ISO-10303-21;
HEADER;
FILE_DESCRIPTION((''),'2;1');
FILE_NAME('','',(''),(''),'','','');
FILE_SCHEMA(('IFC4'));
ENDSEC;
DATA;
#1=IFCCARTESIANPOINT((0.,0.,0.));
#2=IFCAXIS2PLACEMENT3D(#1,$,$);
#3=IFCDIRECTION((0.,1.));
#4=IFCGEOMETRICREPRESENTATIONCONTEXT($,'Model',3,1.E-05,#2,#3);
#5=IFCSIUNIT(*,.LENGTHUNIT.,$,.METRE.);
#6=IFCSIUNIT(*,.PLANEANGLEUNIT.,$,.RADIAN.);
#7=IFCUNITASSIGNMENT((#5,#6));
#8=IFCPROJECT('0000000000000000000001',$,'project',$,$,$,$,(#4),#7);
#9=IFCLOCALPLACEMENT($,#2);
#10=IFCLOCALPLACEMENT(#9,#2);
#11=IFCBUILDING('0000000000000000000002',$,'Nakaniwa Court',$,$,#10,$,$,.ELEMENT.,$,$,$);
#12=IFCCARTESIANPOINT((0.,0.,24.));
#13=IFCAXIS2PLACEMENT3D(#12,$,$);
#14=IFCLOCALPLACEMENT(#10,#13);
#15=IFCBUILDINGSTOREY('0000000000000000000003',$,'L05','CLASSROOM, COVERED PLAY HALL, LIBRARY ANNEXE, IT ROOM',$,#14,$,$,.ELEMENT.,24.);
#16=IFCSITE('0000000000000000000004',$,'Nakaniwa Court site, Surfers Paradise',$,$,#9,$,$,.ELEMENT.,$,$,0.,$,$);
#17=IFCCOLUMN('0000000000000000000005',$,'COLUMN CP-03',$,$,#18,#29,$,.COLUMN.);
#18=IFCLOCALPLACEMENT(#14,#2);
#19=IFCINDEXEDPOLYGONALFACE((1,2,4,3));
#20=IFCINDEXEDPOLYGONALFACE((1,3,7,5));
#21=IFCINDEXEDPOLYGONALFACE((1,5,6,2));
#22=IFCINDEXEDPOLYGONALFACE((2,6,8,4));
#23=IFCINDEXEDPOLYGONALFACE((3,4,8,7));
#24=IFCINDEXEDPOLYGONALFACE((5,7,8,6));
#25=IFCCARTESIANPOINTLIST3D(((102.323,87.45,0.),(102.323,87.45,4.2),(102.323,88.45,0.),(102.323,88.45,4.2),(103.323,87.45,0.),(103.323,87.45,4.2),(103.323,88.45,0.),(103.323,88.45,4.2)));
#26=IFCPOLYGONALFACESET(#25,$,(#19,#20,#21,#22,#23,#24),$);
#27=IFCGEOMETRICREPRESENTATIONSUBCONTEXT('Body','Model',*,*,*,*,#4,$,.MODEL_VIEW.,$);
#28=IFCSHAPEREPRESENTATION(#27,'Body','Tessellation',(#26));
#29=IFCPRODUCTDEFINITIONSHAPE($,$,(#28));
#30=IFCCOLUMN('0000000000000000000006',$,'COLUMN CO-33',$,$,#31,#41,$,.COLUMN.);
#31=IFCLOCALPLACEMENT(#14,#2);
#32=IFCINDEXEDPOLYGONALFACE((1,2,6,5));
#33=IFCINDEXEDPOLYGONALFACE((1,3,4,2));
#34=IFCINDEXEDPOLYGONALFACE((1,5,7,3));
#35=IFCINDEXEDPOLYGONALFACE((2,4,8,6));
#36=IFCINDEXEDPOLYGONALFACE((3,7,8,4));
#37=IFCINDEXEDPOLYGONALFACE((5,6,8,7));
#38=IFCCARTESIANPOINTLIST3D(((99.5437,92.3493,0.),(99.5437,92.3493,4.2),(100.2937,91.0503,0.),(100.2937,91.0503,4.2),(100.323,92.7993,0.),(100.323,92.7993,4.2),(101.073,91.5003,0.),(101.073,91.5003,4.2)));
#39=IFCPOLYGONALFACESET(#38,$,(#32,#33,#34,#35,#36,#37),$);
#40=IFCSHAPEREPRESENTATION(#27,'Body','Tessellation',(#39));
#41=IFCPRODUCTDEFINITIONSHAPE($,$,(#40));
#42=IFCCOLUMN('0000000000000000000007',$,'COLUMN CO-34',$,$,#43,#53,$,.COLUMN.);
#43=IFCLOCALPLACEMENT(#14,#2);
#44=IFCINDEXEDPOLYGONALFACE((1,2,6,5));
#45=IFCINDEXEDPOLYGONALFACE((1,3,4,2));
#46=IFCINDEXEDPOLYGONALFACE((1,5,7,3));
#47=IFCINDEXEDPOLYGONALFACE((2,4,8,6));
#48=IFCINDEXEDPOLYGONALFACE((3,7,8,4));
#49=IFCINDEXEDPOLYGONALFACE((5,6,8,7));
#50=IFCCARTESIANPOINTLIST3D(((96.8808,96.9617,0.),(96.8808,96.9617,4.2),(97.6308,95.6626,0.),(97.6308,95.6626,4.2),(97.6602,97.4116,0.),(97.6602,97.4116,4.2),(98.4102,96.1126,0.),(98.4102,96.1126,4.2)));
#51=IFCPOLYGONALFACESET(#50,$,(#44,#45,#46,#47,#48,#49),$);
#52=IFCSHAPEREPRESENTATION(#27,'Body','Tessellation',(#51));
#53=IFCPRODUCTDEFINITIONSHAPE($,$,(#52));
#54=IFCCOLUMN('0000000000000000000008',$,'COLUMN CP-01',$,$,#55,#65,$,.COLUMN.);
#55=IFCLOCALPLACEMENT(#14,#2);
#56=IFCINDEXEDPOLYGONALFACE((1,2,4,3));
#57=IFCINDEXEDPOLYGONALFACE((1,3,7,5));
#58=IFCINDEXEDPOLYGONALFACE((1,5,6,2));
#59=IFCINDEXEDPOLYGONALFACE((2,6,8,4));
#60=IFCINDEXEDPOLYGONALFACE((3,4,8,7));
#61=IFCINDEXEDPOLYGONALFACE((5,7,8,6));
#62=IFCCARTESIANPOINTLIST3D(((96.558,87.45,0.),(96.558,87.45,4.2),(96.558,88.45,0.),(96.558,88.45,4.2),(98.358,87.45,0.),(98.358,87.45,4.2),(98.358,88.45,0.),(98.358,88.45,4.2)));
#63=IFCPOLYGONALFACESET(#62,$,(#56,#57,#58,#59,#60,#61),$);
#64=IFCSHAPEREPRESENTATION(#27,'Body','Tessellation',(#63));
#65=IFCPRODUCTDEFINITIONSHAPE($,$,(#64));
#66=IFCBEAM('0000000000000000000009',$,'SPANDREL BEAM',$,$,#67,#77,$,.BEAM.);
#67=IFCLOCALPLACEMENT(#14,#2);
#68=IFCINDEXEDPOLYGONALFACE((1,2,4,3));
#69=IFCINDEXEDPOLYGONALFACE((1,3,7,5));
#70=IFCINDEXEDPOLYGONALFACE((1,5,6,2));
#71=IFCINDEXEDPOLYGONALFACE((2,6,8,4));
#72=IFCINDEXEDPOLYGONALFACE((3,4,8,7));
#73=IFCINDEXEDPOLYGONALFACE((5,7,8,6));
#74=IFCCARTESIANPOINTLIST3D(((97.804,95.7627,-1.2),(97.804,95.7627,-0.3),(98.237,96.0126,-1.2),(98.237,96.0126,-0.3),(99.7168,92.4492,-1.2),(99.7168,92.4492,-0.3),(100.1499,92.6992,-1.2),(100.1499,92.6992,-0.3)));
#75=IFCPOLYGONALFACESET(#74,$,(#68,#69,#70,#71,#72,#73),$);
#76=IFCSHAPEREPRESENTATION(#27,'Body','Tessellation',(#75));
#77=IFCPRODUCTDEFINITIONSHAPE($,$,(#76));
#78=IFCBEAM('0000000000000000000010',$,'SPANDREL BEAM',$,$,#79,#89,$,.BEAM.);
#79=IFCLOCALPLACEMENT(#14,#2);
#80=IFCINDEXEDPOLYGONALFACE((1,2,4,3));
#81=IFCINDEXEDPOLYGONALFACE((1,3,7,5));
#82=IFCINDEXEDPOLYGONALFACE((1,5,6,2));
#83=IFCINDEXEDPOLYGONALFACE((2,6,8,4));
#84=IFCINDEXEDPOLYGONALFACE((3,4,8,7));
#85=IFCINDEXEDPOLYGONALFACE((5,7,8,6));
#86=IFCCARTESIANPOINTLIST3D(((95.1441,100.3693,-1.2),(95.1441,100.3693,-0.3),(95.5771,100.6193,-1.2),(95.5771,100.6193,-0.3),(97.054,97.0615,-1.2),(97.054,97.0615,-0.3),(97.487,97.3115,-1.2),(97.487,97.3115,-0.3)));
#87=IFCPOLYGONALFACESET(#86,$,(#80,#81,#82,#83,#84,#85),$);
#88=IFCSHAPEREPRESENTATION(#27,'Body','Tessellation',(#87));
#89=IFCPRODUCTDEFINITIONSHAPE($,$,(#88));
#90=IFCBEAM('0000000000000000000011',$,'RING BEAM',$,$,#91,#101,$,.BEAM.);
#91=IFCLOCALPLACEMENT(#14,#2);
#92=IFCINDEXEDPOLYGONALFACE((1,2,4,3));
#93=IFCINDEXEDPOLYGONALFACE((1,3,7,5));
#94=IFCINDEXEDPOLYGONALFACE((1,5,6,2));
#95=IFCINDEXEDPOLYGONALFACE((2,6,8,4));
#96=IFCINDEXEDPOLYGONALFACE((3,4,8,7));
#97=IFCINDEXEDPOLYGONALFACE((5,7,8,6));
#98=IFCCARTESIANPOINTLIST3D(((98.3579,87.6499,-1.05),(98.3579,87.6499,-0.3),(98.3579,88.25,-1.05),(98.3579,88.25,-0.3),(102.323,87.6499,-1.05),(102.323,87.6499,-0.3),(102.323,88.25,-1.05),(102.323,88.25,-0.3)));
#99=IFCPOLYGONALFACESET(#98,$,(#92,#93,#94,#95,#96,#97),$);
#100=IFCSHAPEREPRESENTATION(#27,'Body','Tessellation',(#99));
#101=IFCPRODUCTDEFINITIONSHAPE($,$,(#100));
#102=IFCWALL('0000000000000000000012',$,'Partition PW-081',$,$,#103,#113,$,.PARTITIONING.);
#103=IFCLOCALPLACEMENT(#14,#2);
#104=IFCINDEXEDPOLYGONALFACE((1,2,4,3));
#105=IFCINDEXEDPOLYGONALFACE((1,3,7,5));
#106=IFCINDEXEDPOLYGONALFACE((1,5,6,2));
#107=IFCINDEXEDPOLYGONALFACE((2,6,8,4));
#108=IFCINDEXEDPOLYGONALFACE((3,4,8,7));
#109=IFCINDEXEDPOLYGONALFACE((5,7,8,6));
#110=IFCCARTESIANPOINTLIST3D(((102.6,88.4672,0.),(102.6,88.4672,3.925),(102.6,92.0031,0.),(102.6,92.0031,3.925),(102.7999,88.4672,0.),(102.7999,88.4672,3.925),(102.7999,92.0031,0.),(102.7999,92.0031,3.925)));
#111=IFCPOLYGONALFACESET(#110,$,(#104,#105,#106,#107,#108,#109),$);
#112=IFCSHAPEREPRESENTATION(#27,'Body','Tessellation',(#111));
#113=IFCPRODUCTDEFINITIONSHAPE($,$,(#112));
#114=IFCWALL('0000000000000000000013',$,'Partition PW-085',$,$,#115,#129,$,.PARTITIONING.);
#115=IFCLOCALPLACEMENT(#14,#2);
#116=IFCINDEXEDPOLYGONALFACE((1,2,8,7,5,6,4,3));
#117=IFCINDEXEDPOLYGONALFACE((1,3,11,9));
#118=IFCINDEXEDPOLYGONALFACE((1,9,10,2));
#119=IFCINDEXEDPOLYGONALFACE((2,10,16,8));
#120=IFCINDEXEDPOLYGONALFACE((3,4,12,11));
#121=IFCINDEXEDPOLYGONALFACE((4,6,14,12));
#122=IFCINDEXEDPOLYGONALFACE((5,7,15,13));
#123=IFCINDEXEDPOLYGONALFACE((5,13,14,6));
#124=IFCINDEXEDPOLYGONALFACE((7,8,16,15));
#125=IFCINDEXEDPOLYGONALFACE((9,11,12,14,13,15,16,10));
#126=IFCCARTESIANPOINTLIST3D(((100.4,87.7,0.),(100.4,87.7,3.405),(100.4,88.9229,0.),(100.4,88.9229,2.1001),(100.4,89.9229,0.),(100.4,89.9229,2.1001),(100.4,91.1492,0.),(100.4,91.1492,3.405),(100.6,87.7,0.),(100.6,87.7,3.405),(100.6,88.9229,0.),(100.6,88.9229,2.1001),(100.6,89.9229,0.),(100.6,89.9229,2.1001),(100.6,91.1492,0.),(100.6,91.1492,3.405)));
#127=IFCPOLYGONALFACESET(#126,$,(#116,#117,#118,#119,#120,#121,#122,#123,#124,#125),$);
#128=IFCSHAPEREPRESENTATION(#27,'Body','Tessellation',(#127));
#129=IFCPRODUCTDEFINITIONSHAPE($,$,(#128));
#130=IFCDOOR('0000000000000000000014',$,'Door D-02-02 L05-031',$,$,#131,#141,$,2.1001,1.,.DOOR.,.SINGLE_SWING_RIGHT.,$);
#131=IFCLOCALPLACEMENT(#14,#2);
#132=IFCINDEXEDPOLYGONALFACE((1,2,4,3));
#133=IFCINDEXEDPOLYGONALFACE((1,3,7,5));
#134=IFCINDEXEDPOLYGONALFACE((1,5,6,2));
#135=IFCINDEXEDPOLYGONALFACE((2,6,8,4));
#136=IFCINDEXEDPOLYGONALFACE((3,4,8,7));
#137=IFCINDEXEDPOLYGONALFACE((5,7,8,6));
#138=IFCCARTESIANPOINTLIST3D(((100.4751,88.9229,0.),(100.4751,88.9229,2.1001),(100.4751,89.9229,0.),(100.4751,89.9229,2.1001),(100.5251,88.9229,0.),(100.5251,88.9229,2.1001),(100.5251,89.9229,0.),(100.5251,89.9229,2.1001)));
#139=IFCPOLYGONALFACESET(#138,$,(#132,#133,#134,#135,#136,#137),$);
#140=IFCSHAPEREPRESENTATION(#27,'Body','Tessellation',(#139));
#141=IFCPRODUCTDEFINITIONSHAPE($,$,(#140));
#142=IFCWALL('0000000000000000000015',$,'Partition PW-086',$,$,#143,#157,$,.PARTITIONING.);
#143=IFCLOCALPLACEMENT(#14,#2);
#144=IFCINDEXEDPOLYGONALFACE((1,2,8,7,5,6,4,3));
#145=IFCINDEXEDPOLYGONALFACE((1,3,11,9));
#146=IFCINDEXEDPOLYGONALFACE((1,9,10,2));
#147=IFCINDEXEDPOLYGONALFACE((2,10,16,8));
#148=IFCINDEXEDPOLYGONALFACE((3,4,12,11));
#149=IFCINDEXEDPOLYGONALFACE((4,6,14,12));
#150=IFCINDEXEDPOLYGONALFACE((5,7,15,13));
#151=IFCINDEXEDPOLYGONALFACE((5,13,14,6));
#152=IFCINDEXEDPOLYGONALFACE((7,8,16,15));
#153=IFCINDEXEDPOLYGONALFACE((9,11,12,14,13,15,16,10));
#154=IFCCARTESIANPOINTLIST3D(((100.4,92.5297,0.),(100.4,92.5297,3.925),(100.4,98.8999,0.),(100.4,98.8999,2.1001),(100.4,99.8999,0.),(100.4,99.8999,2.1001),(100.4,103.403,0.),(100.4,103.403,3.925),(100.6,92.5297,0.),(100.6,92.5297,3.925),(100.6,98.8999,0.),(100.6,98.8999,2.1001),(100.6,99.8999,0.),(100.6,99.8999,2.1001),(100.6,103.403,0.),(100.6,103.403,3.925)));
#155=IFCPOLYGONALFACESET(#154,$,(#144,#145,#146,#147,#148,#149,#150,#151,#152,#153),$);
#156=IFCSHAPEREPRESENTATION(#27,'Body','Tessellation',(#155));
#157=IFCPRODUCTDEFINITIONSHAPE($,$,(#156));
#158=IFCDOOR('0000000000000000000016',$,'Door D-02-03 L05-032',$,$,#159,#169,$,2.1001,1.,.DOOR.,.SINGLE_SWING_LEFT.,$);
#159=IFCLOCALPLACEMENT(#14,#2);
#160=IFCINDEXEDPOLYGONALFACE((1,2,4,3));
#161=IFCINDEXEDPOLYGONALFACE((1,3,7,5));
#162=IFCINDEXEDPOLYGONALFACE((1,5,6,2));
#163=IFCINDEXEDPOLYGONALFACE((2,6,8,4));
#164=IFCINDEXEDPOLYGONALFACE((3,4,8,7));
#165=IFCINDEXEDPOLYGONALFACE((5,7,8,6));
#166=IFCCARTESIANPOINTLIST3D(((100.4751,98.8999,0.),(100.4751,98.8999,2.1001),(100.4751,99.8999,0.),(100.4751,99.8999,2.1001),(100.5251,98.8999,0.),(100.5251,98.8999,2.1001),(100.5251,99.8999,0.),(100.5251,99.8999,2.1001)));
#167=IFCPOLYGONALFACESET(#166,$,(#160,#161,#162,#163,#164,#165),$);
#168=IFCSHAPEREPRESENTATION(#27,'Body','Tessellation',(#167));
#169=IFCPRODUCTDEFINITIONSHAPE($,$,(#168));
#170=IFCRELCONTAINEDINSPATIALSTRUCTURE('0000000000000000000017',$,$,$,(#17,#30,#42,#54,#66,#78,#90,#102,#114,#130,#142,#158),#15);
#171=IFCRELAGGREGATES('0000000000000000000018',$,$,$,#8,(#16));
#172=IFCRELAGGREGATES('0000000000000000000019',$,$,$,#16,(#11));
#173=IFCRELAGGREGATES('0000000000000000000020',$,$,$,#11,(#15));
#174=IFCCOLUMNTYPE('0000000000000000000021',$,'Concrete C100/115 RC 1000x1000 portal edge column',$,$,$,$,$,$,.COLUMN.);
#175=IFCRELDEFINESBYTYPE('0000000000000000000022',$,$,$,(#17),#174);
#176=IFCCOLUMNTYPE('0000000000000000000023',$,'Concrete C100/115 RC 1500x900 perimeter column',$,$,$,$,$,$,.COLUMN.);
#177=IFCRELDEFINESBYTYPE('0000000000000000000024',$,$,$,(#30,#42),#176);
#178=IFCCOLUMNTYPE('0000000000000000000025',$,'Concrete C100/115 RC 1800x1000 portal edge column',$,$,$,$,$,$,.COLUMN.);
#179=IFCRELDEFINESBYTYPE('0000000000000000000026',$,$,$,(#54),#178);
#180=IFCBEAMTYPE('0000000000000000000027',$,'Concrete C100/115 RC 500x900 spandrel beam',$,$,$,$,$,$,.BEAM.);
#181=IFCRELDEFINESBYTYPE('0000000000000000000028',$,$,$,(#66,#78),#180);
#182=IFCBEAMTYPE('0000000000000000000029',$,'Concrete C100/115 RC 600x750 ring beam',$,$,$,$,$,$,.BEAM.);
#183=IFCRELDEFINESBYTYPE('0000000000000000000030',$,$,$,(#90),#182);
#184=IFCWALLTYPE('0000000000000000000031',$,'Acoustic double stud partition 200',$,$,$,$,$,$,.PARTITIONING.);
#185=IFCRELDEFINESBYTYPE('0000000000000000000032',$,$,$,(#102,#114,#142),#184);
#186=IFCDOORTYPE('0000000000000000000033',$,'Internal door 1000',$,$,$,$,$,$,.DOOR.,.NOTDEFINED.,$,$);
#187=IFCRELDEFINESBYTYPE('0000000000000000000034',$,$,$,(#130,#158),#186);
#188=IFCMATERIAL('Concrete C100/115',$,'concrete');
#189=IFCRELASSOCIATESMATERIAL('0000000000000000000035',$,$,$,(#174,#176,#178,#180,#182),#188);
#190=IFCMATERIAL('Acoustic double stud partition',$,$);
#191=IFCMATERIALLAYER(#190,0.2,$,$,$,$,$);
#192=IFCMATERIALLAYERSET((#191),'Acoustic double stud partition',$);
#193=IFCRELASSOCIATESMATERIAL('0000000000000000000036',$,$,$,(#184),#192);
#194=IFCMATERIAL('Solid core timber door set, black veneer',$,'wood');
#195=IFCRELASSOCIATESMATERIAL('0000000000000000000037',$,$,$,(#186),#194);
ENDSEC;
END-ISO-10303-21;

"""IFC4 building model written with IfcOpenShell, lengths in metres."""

from ifc_helpers import new_model, si_unit, direction, frame, frame_2d, origin, origin_2d, place, context, subcontext, project, spatial, rectangle, extrude, material, layer, layer_set, material_profile, profile_set, type_object, element, fill, save


model = new_model("IFC4")

# Units and contexts
model_context = context("Model", 3, precision=1e-05, world=origin(), true_north=direction((0.0, 1.0)))
body_context = subcontext(model_context, "Body", "Model", "MODEL_VIEW")
ifc_project = project(units=[si_unit("LENGTHUNIT", "METRE"), si_unit("PLANEANGLEUNIT", "RADIAN")], contexts=[model_context])

# Site, building, storey
site_placement = place(None, origin())
site = spatial("IfcSite", under=ifc_project, at=site_placement, Name="Nakaniwa Court site, Surfers Paradise", CompositionType="ELEMENT", RefElevation=0.0)
building_placement = place(site_placement, origin())
building = spatial("IfcBuilding", under=site, at=building_placement, Name="Nakaniwa Court", CompositionType="ELEMENT")
storey_placement = place(building_placement, frame((0.0, 0.0, 24.0)))
storey = spatial("IfcBuildingStorey", under=building, at=storey_placement, Name="L05", Description="CLASSROOM, COVERED PLAY HALL, LIBRARY ANNEXE, IT ROOM", CompositionType="ELEMENT", Elevation=24.0)

# Columns
ifc_material_1 = material(Name="Concrete C100/115", Category="concrete")
ifc_material_profile_1 = material_profile(ifc_material_1, rectangle(XDim=1.0, YDim=1.0, at=origin_2d()), Name="Concrete C100/115 RC 1000x1000 portal edge column")
ifc_profile_set_1 = profile_set([ifc_material_profile_1], Name="Concrete C100/115")
column_type_1 = type_object("IfcColumnType", Name="Concrete C100/115 RC 1000x1000 portal edge column", PredefinedType="COLUMN", material=ifc_profile_set_1)
column_1_placement = place(storey_placement, frame((102.823, 87.95, 0.0), z_axis=(0.0, 0.0, 1.0), x_axis=(1.0, 0.0, 0.0)))
element("IfcColumn", 1, at=column_1_placement, inside=storey, type_object=column_type_1, Name="COLUMN CP-03", PredefinedType="COLUMN", context=body_context, shape_type="SweptSolid", body=[
    extrude(rectangle(XDim=1.0, YDim=1.0, at=origin_2d()), origin(), (0.0, 0.0, 1.0), 4.2),
])
ifc_material_profile_2 = material_profile(ifc_material_1, rectangle(XDim=1.5, YDim=0.8999, at=origin_2d()), Name="Concrete C100/115 RC 1500x900 perimeter column")
ifc_profile_set_2 = profile_set([ifc_material_profile_2], Name="Concrete C100/115")
column_type_2 = type_object("IfcColumnType", Name="Concrete C100/115 RC 1500x900 perimeter column", PredefinedType="COLUMN", material=ifc_profile_set_2)
for number, where, z_axis, x_axis, name in (
    (2, (100.3083, 91.9248, 0.0), (0.0, 0.0, 1.0), (-0.5, 0.866025, 0.0), "COLUMN CO-33"),
    (3, (97.6455, 96.5371, 0.0), (0.0, 0.0, 1.0), (-0.5, 0.866025, 0.0), "COLUMN CO-34"),
):
    element("IfcColumn", number, at=place(storey_placement, frame(where, z_axis=z_axis, x_axis=x_axis)), inside=storey, type_object=column_type_2, Name=name, PredefinedType="COLUMN", context=body_context, shape_type="SweptSolid", body=[
        extrude(rectangle(XDim=1.5, YDim=0.8999, at=origin_2d()), origin(), (0.0, 0.0, 1.0), 4.2),
    ])
ifc_material_profile_3 = material_profile(ifc_material_1, rectangle(XDim=1.8, YDim=1.0, at=origin_2d()), Name="Concrete C100/115 RC 1800x1000 portal edge column")
ifc_profile_set_3 = profile_set([ifc_material_profile_3], Name="Concrete C100/115")
column_type_3 = type_object("IfcColumnType", Name="Concrete C100/115 RC 1800x1000 portal edge column", PredefinedType="COLUMN", material=ifc_profile_set_3)
column_2_placement = place(storey_placement, frame((97.458, 87.95, 0.0), z_axis=(0.0, 0.0, 1.0), x_axis=(1.0, 0.0, 0.0)))
element("IfcColumn", 4, at=column_2_placement, inside=storey, type_object=column_type_3, Name="COLUMN CP-01", PredefinedType="COLUMN", context=body_context, shape_type="SweptSolid", body=[
    extrude(rectangle(XDim=1.8, YDim=1.0, at=origin_2d()), origin(), (0.0, 0.0, 1.0), 4.2),
])

# Beams
ifc_material_profile_4 = material_profile(ifc_material_1, rectangle(XDim=0.5, YDim=0.8999, at=origin_2d()), Name="Concrete C100/115 RC 500x900 spandrel beam")
ifc_profile_set_4 = profile_set([ifc_material_profile_4], Name="Concrete C100/115")
beam_type_1 = type_object("IfcBeamType", Name="Concrete C100/115 RC 500x900 spandrel beam", PredefinedType="BEAM", material=ifc_profile_set_4)
beam_1_placement = place(storey_placement, frame((99.9333, 92.5742, -0.75), z_axis=(-0.499962, 0.866047, 0.0), x_axis=(-0.866047, -0.499962, 0.0)))
element("IfcBeam", 5, at=beam_1_placement, inside=storey, type_object=beam_type_1, Name="SPANDREL BEAM", PredefinedType="BEAM", context=body_context, shape_type="SweptSolid", body=[
    extrude(rectangle(XDim=0.5, YDim=0.8999, at=origin_2d()), origin(), (0.0, 0.0, 1.0), 3.8259),
])
beam_2_placement = place(storey_placement, frame((97.2705, 97.1865, -0.75), z_axis=(-0.500023, 0.866012, 0.0), x_axis=(-0.866012, -0.500023, 0.0)))
element("IfcBeam", 6, at=beam_2_placement, inside=storey, type_object=beam_type_1, Name="SPANDREL BEAM", PredefinedType="BEAM", context=body_context, shape_type="SweptSolid", body=[
    extrude(rectangle(XDim=0.5, YDim=0.8999, at=origin_2d()), origin(), (0.0, 0.0, 1.0), 3.8196),
])
ifc_material_profile_5 = material_profile(ifc_material_1, rectangle(XDim=0.6001, YDim=0.75, at=origin_2d()), Name="Concrete C100/115 RC 600x750 ring beam")
ifc_profile_set_5 = profile_set([ifc_material_profile_5], Name="Concrete C100/115")
beam_type_2 = type_object("IfcBeamType", Name="Concrete C100/115 RC 600x750 ring beam", PredefinedType="BEAM", material=ifc_profile_set_5)
beam_3_placement = place(storey_placement, frame((98.3579, 87.95, -0.675), z_axis=(1.0, 0.0, 0.0), x_axis=(0.0, 1.0, 0.0)))
element("IfcBeam", 7, at=beam_3_placement, inside=storey, type_object=beam_type_2, Name="RING BEAM", PredefinedType="BEAM", context=body_context, shape_type="SweptSolid", body=[
    extrude(rectangle(XDim=0.6001, YDim=0.75, at=origin_2d()), origin(), (0.0, 0.0, 1.0), 3.9651),
])

# Wall
ifc_material_2 = material(Name="Acoustic double stud partition")
ifc_layer_1 = layer(ifc_material_2, 0.2)
ifc_layer_set_1 = layer_set([ifc_layer_1], Name="Acoustic double stud partition")
wall_type_1 = type_object("IfcWallType", Name="Acoustic double stud partition 200", PredefinedType="PARTITIONING", material=ifc_layer_set_1)
wall_1_placement = place(storey_placement, frame((102.7, 88.467, 0.0), z_axis=(0.0, 0.0, 1.0), x_axis=(0.0, 1.0, 0.0)))
element("IfcWall", 8, at=wall_1_placement, inside=storey, type_object=wall_type_1, Name="Partition PW-081", PredefinedType="PARTITIONING", context=body_context, shape_type="SweptSolid", body=[
    extrude(rectangle(XDim=3.5359, YDim=0.2, at=frame_2d((1.7681, 0.0))), origin(), (0.0, 0.0, 1.0), 3.925),
])

# Walls, openings, doors
wall_2_placement = place(storey_placement, frame((100.5, 87.7, 0.0), z_axis=(0.0, 0.0, 1.0), x_axis=(0.0, 1.0, 0.0)))
wall_2 = element("IfcWall", 9, at=wall_2_placement, inside=storey, type_object=wall_type_1, Name="Partition PW-085", PredefinedType="PARTITIONING", context=body_context, shape_type="SweptSolid", body=[
    extrude(rectangle(XDim=3.4492, YDim=0.2, at=frame_2d((1.7246, 0.0))), origin(), (0.0, 0.0, 1.0), 3.405),
])
opening_1_placement = place(wall_2_placement, frame((1.2229, 0.0, 0.0)))
opening_1 = element("IfcOpeningElement", 10, at=opening_1_placement, cuts=wall_2, PredefinedType="OPENING", context=body_context, shape_type="SweptSolid", body=[
    extrude(rectangle(XDim=1.0, YDim=2.1001, at=frame_2d((0.5, 1.05))), frame((0.0, 0.1099, 0.0), z_axis=(0.0, -1.0, 0.0), x_axis=(1.0, 0.0, 0.0)), (0.0, 0.0, 1.0), 0.22),
])
ifc_material_3 = material(Name="Solid core timber door set, black veneer", Category="wood")
door_type_1 = type_object("IfcDoorType", Name="Internal door 1000", OperationType="NOTDEFINED", PredefinedType="DOOR", material=ifc_material_3)
door_1_placement = place(opening_1_placement, origin())
door_1 = element("IfcDoor", 11, at=door_1_placement, inside=storey, type_object=door_type_1, Name="Door D-02-02 L05-031", OperationType="SINGLE_SWING_RIGHT", OverallHeight=2.1001, OverallWidth=1.0, PredefinedType="DOOR", context=body_context, shape_type="SweptSolid", body=[
    extrude(rectangle(XDim=1.0, YDim=2.1001, at=frame_2d((0.5, 1.05))), frame((0.0, 0.0249, 0.0), z_axis=(0.0, -1.0, 0.0), x_axis=(1.0, 0.0, 0.0)), (0.0, 0.0, 1.0), 0.05),
])
fill(opening_1, door_1)
wall_3_placement = place(storey_placement, frame((100.5, 92.5298, 0.0), z_axis=(0.0, 0.0, 1.0), x_axis=(0.0, 1.0, 0.0)))
wall_3 = element("IfcWall", 12, at=wall_3_placement, inside=storey, type_object=wall_type_1, Name="Partition PW-086", PredefinedType="PARTITIONING", context=body_context, shape_type="SweptSolid", body=[
    extrude(rectangle(XDim=10.8733, YDim=0.2, at=frame_2d((5.4365, 0.0))), origin(), (0.0, 0.0, 1.0), 3.925),
])
opening_2_placement = place(wall_3_placement, frame((6.3701, 0.0, 0.0)))
opening_2 = element("IfcOpeningElement", 13, at=opening_2_placement, cuts=wall_3, PredefinedType="OPENING", context=body_context, shape_type="SweptSolid", body=[
    extrude(rectangle(XDim=1.0, YDim=2.1001, at=frame_2d((0.5, 1.05))), frame((0.0, 0.1099, 0.0), z_axis=(0.0, -1.0, 0.0), x_axis=(1.0, 0.0, 0.0)), (0.0, 0.0, 1.0), 0.22),
])
door_2_placement = place(opening_2_placement, origin())
door_2 = element("IfcDoor", 14, at=door_2_placement, inside=storey, type_object=door_type_1, Name="Door D-02-03 L05-032", OperationType="SINGLE_SWING_LEFT", OverallHeight=2.1001, OverallWidth=1.0, PredefinedType="DOOR", context=body_context, shape_type="SweptSolid", body=[
    extrude(rectangle(XDim=1.0, YDim=2.1001, at=frame_2d((0.5, 1.05))), frame((0.0, 0.0249, 0.0), z_axis=(0.0, -1.0, 0.0), x_axis=(1.0, 0.0, 0.0)), (0.0, 0.0, 1.0), 0.05),
])
fill(opening_2, door_2)

save(model, "model.ifc")
